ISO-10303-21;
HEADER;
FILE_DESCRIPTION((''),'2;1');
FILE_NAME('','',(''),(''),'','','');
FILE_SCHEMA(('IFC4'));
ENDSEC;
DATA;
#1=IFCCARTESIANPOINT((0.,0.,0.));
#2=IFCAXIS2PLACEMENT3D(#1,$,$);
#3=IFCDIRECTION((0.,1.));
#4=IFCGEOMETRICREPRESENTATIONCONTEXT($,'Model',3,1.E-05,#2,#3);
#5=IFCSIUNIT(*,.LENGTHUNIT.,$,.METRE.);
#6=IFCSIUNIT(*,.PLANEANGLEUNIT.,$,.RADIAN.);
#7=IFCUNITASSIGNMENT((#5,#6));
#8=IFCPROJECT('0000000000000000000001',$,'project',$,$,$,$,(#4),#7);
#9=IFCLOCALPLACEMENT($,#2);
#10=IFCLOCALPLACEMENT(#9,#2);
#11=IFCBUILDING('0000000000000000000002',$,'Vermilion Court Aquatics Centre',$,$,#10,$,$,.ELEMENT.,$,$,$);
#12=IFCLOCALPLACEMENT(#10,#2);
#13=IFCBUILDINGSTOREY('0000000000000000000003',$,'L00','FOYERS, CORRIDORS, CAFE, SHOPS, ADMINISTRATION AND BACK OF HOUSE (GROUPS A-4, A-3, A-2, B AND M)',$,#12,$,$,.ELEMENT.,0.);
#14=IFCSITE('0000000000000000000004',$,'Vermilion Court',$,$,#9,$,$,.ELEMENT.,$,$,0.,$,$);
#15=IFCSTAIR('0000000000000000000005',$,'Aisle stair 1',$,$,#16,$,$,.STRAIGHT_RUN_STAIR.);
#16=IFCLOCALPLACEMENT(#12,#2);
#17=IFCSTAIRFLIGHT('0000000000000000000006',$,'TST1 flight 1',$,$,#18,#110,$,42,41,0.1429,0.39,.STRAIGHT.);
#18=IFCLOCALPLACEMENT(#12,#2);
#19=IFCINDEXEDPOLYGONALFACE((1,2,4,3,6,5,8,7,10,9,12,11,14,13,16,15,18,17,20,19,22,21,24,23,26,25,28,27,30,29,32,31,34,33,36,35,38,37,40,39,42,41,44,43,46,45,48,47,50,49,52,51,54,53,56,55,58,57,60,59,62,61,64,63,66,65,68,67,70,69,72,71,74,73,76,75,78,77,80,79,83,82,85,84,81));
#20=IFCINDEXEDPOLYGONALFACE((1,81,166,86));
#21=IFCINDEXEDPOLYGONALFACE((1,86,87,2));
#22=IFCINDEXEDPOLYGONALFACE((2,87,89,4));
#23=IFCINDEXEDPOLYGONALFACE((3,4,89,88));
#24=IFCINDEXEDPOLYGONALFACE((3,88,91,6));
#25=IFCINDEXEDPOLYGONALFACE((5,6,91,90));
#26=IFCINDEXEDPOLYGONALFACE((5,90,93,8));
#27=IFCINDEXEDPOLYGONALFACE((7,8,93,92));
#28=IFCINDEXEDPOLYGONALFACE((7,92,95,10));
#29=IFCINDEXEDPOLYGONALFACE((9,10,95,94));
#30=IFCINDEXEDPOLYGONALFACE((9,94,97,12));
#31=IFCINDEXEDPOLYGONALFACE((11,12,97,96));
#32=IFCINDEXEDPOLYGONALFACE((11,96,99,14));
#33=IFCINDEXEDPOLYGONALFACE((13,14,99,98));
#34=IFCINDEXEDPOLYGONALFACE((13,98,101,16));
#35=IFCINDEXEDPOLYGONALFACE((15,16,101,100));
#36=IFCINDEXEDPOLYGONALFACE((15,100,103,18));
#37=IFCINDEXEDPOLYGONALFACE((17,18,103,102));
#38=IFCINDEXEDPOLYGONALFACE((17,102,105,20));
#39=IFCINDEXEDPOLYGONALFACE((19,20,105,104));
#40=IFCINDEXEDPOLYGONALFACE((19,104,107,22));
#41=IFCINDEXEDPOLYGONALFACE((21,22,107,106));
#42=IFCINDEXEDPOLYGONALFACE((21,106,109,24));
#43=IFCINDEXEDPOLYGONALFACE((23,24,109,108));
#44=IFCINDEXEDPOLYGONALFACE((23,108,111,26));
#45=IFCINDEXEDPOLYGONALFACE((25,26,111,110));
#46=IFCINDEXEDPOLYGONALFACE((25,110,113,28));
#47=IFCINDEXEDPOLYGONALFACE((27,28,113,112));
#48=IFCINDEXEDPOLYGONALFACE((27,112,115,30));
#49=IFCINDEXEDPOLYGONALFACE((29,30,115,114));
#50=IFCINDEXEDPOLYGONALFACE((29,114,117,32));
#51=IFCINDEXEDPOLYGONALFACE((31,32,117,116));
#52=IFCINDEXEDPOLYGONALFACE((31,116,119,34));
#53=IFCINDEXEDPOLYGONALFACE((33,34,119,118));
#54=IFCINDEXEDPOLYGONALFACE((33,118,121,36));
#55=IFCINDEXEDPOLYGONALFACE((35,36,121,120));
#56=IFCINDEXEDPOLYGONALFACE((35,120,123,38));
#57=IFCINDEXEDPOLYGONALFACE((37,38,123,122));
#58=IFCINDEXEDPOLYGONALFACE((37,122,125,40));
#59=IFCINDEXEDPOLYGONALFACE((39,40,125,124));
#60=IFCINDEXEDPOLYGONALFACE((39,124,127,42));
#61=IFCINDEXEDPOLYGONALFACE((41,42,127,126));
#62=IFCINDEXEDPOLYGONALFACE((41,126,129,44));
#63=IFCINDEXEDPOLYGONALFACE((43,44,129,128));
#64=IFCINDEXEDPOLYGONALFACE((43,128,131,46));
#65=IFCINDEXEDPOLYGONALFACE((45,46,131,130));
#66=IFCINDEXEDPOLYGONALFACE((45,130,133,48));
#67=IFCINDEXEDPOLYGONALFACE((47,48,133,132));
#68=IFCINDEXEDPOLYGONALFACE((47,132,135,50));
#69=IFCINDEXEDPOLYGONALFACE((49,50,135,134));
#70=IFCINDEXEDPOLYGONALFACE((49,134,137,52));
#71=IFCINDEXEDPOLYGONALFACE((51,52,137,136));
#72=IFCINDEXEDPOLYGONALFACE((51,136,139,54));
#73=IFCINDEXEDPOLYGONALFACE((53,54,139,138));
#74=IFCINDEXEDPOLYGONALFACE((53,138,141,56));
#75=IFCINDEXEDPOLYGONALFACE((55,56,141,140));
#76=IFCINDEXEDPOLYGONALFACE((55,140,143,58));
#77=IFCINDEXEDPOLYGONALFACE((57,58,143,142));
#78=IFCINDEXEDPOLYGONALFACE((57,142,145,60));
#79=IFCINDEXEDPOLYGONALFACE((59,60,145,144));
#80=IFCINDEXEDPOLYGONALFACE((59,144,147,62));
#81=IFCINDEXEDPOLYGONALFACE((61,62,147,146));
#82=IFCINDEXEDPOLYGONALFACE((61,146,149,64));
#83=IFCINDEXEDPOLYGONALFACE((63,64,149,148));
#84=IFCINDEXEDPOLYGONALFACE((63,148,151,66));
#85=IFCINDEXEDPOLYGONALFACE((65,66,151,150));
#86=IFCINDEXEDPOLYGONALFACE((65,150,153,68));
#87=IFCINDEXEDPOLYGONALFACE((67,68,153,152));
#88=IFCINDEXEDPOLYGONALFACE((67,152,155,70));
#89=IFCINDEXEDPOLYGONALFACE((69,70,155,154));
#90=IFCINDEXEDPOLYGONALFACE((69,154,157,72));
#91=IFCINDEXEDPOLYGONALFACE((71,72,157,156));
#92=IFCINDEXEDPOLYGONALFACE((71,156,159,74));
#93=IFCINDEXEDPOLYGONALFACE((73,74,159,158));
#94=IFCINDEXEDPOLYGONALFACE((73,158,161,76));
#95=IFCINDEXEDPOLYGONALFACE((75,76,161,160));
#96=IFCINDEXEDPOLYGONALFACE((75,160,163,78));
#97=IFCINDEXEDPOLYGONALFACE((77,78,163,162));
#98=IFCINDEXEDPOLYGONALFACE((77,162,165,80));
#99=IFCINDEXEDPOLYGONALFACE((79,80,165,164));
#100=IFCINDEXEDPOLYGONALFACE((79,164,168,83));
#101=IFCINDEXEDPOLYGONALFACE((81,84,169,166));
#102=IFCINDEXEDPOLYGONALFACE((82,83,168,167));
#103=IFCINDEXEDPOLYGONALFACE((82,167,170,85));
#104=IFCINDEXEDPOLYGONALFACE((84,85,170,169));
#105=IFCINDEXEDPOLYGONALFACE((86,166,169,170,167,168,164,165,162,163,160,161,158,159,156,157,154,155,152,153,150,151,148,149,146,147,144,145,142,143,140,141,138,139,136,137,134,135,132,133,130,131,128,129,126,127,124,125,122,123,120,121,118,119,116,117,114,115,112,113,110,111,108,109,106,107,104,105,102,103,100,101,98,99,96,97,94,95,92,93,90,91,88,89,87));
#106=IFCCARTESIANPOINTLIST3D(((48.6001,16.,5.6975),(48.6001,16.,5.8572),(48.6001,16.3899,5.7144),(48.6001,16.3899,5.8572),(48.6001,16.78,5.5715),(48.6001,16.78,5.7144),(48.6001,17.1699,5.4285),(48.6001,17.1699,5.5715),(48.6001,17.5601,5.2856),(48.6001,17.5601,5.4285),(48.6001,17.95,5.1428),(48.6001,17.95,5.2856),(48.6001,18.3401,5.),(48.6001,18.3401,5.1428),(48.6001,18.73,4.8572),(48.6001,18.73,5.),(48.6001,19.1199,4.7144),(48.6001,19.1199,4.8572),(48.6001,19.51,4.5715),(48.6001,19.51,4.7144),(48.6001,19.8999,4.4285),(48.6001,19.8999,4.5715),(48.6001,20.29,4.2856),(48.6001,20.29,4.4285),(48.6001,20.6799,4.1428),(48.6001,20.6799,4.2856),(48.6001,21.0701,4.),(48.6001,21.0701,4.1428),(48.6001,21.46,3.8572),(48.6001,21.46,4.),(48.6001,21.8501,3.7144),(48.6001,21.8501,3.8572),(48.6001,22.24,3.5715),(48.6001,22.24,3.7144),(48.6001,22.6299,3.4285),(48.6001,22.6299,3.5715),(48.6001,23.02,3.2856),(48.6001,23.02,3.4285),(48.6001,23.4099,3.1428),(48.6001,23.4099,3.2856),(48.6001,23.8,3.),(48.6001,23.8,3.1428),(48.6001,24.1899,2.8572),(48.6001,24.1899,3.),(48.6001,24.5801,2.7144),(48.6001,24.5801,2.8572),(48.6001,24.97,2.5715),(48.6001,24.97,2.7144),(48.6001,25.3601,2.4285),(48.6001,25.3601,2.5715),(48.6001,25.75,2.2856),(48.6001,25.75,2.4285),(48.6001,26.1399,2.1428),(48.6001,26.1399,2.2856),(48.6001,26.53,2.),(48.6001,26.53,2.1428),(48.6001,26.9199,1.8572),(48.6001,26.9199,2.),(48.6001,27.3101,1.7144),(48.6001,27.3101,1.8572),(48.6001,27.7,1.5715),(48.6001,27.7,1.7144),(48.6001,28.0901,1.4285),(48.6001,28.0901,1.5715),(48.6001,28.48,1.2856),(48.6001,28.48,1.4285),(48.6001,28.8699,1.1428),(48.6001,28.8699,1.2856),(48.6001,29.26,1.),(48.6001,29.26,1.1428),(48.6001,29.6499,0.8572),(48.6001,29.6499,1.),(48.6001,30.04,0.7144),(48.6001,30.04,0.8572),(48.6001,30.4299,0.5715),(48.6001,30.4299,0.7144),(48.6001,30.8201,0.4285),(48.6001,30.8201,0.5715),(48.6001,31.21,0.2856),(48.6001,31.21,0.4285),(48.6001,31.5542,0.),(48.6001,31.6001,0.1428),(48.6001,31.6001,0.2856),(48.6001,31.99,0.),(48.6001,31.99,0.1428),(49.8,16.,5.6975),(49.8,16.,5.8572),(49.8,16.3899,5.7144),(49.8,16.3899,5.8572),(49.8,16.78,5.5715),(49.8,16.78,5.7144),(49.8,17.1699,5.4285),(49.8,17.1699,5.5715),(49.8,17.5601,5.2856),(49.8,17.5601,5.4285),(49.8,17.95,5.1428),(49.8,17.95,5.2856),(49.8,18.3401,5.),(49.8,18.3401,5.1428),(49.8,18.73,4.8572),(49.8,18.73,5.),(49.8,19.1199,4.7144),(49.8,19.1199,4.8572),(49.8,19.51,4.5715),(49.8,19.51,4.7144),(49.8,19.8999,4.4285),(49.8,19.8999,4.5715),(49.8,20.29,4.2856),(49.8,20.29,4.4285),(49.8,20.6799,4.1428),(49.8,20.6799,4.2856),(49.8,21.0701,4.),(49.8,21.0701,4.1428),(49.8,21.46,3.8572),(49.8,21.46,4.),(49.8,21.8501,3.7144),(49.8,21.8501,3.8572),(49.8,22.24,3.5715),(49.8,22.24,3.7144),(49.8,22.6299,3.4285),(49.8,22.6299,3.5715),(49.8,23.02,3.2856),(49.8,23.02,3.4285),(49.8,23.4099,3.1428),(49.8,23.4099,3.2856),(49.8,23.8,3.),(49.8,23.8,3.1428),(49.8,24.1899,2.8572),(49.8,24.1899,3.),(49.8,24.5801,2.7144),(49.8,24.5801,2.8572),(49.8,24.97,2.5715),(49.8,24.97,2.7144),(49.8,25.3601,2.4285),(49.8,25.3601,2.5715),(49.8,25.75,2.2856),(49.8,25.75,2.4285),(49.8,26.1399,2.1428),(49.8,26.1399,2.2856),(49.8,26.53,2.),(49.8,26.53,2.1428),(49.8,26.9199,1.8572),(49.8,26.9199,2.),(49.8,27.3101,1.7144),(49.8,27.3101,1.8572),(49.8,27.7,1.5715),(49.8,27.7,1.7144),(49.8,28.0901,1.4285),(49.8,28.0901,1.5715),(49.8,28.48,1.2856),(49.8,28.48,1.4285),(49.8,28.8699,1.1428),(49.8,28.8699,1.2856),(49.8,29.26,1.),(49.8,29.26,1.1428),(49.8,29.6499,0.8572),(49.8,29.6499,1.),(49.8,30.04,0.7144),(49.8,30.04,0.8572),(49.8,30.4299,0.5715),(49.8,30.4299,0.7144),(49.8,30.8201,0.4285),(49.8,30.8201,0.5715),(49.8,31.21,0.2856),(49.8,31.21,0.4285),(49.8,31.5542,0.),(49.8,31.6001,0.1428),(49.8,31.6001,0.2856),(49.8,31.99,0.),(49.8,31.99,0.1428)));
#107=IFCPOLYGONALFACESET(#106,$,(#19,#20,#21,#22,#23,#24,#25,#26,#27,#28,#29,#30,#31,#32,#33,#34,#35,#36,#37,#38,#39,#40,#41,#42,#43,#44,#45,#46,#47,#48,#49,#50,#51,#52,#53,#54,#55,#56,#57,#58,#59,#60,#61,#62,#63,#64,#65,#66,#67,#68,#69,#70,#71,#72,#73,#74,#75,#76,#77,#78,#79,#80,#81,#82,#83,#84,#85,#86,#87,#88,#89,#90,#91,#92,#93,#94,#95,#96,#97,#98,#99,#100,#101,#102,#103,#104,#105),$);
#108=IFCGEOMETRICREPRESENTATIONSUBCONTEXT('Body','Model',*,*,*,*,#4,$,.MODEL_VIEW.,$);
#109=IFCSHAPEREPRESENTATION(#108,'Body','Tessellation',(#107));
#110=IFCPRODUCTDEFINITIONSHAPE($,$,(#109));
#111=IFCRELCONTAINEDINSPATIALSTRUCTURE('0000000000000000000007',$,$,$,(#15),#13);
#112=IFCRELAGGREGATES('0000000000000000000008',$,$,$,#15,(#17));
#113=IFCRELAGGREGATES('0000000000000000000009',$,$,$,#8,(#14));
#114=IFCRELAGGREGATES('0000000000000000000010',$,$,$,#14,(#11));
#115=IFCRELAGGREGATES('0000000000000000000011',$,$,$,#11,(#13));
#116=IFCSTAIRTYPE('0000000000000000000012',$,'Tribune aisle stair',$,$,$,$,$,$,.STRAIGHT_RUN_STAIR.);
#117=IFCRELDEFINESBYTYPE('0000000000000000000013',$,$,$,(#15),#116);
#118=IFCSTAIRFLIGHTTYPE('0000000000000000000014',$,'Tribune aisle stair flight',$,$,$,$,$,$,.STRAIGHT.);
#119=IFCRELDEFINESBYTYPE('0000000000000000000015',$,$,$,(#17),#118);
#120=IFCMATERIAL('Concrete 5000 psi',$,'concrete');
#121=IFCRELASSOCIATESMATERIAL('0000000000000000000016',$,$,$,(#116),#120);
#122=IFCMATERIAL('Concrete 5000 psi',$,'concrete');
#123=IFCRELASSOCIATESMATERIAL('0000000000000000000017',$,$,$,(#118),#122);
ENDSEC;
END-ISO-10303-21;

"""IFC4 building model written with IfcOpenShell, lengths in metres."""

from ifc_helpers import new_model, si_unit, direction, frame, origin, place, context, subcontext, project, spatial, polyline, outline, extrude, material, type_object, element, aggregate, save


model = new_model("IFC4")

# Units and contexts
model_context = context("Model", 3, precision=1e-05, world=origin(), true_north=direction((0.0, 1.0)))
body_context = subcontext(model_context, "Body", "Model", "MODEL_VIEW")
ifc_project = project(units=[si_unit("LENGTHUNIT", "METRE"), si_unit("PLANEANGLEUNIT", "RADIAN")], contexts=[model_context])

# Site, building, storey
site_placement = place(None, origin())
site = spatial("IfcSite", under=ifc_project, at=site_placement, Name="Vermilion Court", CompositionType="ELEMENT", RefElevation=0.0)
building_placement = place(site_placement, origin())
building = spatial("IfcBuilding", under=site, at=building_placement, Name="Vermilion Court Aquatics Centre", CompositionType="ELEMENT")
storey_placement = place(building_placement, origin())
storey = spatial("IfcBuildingStorey", under=building, at=storey_placement, Name="L00", Description="FOYERS, CORRIDORS, CAFE, SHOPS, ADMINISTRATION AND BACK OF HOUSE (GROUPS A-4, A-3, A-2, B AND M)", CompositionType="ELEMENT", Elevation=0.0)

# Stair, stair flight
ifc_material_1 = material(Name="Concrete 5000 psi", Category="concrete")
stair_type = type_object("IfcStairType", Name="Tribune aisle stair", PredefinedType="STRAIGHT_RUN_STAIR", material=ifc_material_1)
stair_placement = place(storey_placement, origin())
stair = element("IfcStair", 1, at=stair_placement, inside=storey, type_object=stair_type, Name="Aisle stair 1", PredefinedType="STRAIGHT_RUN_STAIR")
ifc_material_2 = material(Name="Concrete 5000 psi", Category="concrete")
stair_flight_type = type_object("IfcStairFlightType", Name="Tribune aisle stair flight", PredefinedType="STRAIGHT", material=ifc_material_2)
stair_flight_placement = place(storey_placement, frame((49.2, 31.99, 0.0), z_axis=(0.0, 0.0, 1.0), x_axis=(0.0, -1.0, 0.0)))
stair_flight = element("IfcStairFlight", 2, at=stair_flight_placement, type_object=stair_flight_type, Name="TST1 flight 1", NumberOfRisers=42, NumberOfTreads=41, PredefinedType="STRAIGHT", RiserHeight=0.1429, TreadLength=0.39, context=body_context, shape_type="SweptSolid", body=[
    extrude(outline(polyline([(0.0, 0.0), (0.0, 0.1428), (0.3899, 0.1428), (0.3899, 0.2856), (0.78, 0.2856), (0.78, 0.4285), (1.1699, 0.4285), (1.1699, 0.5715), (1.5601, 0.5715), (1.5601, 0.7144), (1.95, 0.7144), (1.95, 0.8572), (2.3401, 0.8572), (2.3401, 1.0), (2.73, 1.0), (2.73, 1.1428), (3.1201, 1.1428), (3.1201, 1.2856), (3.51, 1.2856), (3.51, 1.4285), (3.8999, 1.4285), (3.8999, 1.5715), (4.29, 1.5715), (4.29, 1.7144), (4.6799, 1.7144), (4.6799, 1.8572), (5.0701, 1.8572), (5.0701, 2.0), (5.46, 2.0), (5.46, 2.1428), (5.8501, 2.1428), (5.8501, 2.2856), (6.24, 2.2856), (6.24, 2.4285), (6.6299, 2.4285), (6.6299, 2.5715), (7.02, 2.5715), (7.02, 2.7144), (7.4099, 2.7144), (7.4099, 2.8572), (7.8, 2.8572), (7.8, 3.0), (8.1899, 3.0), (8.1899, 3.1428), (8.5801, 3.1428), (8.5801, 3.2856), (8.97, 3.2856), (8.97, 3.4285), (9.3601, 3.4285), (9.3601, 3.5715), (9.75, 3.5715), (9.75, 3.7144), (10.1399, 3.7144), (10.1399, 3.8572), (10.53, 3.8572), (10.53, 4.0), (10.9199, 4.0), (10.9199, 4.1428), (11.3101, 4.1428), (11.3101, 4.2856), (11.7, 4.2856), (11.7, 4.4285), (12.0901, 4.4285), (12.0901, 4.5715), (12.48, 4.5715), (12.48, 4.7144), (12.8701, 4.7144), (12.8701, 4.8572), (13.26, 4.8572), (13.26, 5.0), (13.6499, 5.0), (13.6499, 5.1428), (14.04, 5.1428), (14.04, 5.2856), (14.4299, 5.2856), (14.4299, 5.4285), (14.8201, 5.4285), (14.8201, 5.5715), (15.21, 5.5715), (15.21, 5.7144), (15.6001, 5.7144), (15.6001, 5.8572), (15.99, 5.8572), (15.99, 6.0), (15.99, 5.6975), (0.4358, 0.0), (0.0, 0.0)])), frame((0.0, 0.6001, 0.0), z_axis=(0.0, -1.0, 0.0), x_axis=(1.0, 0.0, 0.0)), (0.0, 0.0, 1.0), 1.2),
])
aggregate(stair, [stair_flight])

save(model, "model.ifc")
